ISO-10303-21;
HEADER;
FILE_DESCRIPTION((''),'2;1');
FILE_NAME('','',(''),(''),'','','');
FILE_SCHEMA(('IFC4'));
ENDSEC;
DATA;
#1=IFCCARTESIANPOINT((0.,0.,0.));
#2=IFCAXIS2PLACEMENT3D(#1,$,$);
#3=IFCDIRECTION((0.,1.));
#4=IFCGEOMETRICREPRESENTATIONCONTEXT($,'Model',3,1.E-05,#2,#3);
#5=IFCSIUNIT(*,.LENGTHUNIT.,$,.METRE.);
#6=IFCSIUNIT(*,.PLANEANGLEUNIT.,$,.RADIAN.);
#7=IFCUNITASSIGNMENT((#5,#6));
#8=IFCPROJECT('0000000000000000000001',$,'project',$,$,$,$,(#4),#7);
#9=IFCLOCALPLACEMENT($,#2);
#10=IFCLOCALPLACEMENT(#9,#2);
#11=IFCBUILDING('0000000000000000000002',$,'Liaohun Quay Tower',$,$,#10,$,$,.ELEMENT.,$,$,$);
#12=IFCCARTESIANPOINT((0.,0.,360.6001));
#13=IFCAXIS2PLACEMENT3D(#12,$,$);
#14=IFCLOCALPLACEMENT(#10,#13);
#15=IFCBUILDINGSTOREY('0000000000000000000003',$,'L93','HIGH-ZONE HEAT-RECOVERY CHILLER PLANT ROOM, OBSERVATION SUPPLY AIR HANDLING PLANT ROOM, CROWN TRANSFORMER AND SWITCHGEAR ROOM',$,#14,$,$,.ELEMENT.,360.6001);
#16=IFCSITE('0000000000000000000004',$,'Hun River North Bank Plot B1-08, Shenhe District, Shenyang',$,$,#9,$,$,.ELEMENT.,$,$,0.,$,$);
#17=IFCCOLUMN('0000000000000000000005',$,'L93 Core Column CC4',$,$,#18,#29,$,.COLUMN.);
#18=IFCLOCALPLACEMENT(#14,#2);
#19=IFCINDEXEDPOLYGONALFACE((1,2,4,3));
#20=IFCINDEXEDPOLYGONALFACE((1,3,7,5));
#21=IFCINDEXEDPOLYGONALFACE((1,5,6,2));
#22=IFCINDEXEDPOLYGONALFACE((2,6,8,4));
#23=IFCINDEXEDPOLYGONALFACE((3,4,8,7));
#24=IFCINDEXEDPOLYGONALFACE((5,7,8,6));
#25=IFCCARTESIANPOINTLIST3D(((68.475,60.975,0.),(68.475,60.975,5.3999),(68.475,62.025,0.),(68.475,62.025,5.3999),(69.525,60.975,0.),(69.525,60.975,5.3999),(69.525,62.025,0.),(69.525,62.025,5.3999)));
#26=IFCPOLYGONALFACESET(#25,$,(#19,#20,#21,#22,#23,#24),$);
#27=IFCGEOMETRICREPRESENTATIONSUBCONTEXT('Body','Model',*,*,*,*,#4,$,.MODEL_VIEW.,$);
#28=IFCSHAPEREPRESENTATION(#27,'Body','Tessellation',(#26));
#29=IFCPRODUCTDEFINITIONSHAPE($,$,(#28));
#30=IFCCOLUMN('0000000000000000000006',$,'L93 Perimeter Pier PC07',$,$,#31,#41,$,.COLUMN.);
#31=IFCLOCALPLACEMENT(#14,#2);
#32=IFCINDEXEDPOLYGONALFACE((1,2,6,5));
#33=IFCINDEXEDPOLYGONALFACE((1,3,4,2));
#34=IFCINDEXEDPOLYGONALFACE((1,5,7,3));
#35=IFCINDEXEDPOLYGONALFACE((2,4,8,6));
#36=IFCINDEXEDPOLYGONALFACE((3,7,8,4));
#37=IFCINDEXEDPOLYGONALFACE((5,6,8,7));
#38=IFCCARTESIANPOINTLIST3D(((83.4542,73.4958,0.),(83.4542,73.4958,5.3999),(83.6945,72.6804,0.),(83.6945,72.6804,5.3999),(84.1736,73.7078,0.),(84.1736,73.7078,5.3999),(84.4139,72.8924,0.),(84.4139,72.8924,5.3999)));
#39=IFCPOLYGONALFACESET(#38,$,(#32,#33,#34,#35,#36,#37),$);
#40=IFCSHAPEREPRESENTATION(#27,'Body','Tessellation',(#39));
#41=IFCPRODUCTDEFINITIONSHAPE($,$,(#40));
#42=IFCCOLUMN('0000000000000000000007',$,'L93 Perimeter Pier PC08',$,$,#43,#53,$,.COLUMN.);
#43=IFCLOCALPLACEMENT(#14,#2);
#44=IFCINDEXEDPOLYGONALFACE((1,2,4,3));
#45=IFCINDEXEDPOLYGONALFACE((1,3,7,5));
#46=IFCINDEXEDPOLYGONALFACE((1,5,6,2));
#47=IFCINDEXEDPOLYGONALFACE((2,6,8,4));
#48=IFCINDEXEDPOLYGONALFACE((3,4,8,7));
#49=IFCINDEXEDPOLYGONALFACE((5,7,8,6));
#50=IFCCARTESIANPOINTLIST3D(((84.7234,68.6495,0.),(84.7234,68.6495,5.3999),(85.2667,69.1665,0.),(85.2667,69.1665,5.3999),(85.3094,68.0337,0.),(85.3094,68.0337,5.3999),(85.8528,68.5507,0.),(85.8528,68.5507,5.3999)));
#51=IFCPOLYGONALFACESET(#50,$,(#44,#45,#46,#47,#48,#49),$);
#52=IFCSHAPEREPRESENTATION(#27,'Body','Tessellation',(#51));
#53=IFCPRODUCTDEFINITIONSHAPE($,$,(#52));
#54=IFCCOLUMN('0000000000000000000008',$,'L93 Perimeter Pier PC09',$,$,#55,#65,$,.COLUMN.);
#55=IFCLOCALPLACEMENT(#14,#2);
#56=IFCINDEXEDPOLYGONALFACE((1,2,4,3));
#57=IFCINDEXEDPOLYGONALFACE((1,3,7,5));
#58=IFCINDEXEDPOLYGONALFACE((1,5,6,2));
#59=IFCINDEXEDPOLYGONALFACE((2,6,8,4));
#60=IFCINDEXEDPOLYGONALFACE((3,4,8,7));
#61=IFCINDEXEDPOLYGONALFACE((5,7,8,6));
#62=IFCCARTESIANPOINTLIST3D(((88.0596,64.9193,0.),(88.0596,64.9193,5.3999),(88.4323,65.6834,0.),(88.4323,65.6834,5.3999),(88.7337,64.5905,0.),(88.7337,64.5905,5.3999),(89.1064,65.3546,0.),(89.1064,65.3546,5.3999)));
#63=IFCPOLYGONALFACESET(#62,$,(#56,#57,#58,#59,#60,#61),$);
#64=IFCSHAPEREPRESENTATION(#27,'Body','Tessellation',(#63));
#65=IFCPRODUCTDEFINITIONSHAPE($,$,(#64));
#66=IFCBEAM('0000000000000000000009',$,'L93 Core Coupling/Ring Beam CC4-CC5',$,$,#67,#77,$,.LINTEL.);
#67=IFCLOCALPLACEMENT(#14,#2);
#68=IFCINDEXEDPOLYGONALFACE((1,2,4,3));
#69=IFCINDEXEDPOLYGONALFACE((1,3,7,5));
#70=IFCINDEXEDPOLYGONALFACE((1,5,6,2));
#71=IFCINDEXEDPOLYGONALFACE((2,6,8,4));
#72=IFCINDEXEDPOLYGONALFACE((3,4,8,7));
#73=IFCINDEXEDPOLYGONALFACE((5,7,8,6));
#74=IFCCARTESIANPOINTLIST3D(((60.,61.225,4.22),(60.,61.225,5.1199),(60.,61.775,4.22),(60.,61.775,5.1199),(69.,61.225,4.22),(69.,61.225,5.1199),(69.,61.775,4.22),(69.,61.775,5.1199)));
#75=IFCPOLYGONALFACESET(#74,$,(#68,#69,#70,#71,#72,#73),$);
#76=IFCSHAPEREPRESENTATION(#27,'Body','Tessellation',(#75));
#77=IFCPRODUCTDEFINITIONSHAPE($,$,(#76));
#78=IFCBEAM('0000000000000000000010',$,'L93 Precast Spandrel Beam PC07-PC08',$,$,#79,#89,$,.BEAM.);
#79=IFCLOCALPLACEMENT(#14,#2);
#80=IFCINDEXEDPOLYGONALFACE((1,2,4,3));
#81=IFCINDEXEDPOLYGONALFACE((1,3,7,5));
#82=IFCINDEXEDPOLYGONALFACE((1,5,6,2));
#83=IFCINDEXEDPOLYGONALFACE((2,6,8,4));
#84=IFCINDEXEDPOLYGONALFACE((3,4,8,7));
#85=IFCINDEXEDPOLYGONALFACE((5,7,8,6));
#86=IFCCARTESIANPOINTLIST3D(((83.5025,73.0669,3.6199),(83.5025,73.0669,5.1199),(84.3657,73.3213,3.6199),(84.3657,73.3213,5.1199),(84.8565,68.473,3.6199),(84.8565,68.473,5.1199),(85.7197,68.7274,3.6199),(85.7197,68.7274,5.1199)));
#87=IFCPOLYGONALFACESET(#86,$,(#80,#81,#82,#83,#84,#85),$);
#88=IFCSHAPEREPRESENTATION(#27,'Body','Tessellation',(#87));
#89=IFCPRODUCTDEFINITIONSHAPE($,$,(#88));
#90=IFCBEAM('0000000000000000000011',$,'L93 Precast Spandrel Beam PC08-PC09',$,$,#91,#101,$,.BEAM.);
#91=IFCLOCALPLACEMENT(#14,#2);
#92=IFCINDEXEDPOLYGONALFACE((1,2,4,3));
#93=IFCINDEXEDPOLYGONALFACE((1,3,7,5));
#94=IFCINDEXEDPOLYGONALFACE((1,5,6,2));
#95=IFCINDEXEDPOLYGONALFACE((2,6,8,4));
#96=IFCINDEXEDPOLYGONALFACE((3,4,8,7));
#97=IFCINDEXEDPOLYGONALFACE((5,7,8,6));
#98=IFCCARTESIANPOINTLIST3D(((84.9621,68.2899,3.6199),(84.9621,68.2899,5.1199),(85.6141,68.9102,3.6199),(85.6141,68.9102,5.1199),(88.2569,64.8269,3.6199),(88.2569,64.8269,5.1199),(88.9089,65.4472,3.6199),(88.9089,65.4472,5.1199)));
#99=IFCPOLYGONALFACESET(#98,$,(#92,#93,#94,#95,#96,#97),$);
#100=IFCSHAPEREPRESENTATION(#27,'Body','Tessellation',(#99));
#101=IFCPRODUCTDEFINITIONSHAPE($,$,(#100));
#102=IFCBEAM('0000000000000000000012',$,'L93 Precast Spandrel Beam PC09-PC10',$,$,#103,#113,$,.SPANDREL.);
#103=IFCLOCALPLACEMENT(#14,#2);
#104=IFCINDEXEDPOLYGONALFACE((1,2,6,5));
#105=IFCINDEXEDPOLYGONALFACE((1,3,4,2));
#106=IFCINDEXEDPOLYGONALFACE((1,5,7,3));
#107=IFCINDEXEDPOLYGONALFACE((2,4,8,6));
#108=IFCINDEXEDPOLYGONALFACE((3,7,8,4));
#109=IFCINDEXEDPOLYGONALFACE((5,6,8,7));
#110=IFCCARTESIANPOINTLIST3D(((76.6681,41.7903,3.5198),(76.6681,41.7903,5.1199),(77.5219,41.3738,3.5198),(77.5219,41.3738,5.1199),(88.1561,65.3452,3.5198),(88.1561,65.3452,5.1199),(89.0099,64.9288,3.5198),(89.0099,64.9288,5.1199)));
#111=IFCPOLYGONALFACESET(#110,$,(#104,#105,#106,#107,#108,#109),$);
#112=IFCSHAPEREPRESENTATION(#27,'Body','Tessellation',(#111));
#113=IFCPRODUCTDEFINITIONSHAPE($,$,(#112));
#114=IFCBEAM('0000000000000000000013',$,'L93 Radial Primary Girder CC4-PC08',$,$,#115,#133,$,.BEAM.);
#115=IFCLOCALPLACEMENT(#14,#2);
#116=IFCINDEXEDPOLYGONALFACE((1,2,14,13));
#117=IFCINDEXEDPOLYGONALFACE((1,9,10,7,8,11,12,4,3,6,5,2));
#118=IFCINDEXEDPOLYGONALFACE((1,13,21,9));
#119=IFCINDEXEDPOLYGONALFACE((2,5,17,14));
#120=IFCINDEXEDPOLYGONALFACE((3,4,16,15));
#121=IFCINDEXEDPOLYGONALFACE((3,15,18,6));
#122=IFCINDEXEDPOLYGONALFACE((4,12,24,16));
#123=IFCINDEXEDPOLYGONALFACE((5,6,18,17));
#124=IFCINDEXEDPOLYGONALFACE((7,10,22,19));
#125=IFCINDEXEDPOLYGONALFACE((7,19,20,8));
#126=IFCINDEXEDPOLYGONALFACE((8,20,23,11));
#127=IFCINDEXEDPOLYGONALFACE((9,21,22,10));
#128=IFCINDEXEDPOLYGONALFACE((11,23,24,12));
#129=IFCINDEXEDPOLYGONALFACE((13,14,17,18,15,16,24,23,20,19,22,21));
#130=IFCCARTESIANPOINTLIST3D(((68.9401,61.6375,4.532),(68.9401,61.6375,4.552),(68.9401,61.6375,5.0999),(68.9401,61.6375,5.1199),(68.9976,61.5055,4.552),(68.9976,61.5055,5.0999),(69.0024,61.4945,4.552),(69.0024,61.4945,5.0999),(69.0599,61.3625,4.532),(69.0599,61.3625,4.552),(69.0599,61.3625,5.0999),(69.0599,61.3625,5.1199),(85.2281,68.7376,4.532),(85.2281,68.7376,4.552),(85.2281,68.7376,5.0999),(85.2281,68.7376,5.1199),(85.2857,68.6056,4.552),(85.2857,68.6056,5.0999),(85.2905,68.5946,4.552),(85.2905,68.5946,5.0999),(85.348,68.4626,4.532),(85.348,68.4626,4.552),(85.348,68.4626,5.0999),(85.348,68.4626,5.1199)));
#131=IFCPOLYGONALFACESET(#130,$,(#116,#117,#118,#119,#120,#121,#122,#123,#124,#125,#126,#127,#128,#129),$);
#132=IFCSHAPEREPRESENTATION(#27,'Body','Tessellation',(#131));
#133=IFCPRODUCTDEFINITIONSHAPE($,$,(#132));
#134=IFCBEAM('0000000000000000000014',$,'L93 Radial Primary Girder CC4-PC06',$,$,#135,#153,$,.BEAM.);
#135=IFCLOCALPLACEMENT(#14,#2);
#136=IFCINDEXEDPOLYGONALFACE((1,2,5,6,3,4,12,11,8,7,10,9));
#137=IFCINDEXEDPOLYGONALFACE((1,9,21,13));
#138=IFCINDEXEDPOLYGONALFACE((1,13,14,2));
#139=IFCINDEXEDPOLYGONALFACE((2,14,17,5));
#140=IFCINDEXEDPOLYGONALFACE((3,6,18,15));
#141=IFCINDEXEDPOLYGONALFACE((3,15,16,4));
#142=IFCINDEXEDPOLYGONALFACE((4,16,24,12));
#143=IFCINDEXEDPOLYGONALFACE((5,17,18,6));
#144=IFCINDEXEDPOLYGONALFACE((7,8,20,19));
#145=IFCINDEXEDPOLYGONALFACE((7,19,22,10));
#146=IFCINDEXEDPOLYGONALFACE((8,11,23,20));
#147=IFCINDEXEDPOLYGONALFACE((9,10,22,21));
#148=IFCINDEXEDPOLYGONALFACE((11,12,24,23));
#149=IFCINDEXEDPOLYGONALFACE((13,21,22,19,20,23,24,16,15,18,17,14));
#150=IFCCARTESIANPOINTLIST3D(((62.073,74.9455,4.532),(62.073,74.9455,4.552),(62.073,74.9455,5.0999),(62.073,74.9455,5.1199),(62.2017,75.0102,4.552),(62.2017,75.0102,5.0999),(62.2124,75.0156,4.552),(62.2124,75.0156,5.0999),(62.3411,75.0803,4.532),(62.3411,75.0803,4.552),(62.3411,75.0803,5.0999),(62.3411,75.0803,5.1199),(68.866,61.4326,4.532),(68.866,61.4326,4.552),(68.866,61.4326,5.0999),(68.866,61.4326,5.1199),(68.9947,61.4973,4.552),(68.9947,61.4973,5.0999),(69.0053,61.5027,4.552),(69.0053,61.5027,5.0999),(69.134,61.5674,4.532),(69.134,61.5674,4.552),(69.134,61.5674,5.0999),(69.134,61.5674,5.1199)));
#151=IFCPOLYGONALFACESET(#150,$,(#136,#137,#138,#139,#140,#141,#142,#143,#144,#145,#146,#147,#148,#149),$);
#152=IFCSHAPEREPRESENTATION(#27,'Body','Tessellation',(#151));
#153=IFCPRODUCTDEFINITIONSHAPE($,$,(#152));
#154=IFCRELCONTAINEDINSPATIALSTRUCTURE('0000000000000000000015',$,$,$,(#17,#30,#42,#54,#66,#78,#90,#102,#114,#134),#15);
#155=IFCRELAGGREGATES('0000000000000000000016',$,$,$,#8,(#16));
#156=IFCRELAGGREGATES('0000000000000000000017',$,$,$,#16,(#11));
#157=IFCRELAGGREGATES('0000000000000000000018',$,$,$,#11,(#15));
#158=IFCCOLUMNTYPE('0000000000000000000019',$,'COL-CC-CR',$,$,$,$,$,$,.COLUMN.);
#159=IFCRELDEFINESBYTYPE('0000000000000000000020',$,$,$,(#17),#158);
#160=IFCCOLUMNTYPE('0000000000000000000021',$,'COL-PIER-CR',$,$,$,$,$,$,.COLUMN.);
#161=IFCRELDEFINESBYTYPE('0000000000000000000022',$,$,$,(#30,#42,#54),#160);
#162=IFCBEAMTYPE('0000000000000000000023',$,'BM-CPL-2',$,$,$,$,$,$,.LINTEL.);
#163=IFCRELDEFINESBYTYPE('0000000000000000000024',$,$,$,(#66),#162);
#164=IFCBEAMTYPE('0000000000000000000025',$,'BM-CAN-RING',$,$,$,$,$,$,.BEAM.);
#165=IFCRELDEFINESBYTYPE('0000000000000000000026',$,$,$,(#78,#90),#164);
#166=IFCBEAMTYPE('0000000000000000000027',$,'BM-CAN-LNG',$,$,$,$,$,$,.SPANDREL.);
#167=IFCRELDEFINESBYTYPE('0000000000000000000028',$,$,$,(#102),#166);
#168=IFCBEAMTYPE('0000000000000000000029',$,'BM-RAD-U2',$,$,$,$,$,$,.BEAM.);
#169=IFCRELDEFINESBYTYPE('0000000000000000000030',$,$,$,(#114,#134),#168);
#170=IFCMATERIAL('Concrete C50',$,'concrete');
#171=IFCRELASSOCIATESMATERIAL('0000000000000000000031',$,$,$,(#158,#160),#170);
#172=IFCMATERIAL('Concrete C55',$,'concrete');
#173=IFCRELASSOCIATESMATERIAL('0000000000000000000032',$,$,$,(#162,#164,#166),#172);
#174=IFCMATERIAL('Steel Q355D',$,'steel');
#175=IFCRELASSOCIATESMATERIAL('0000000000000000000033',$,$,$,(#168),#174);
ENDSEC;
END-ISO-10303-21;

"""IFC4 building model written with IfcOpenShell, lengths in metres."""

from ifc_helpers import new_model, si_unit, direction, frame, origin, origin_2d, place, context, subcontext, project, spatial, rectangle, i_section, extrude, source, transform, mapped, material, material_profile, profile_set, type_object, element, save


model = new_model("IFC4")

# Units and contexts
model_context = context("Model", 3, precision=1e-05, world=origin(), true_north=direction((0.0, 1.0)))
body_context = subcontext(model_context, "Body", "Model", "MODEL_VIEW")
ifc_project = project(units=[si_unit("LENGTHUNIT", "METRE"), si_unit("PLANEANGLEUNIT", "RADIAN")], contexts=[model_context])

# Site, building, storey
site_placement = place(None, origin())
site = spatial("IfcSite", under=ifc_project, at=site_placement, Name="Hun River North Bank Plot B1-08, Shenhe District, Shenyang", CompositionType="ELEMENT", RefElevation=0.0)
building_placement = place(site_placement, origin())
building = spatial("IfcBuilding", under=site, at=building_placement, Name="Liaohun Quay Tower", CompositionType="ELEMENT")
storey_placement = place(building_placement, frame((0.0, 0.0, 360.6001)))
storey = spatial("IfcBuildingStorey", under=building, at=storey_placement, Name="L93", Description="HIGH-ZONE HEAT-RECOVERY CHILLER PLANT ROOM, OBSERVATION SUPPLY AIR HANDLING PLANT ROOM, CROWN TRANSFORMER AND SWITCHGEAR ROOM", CompositionType="ELEMENT", Elevation=360.6001)

# Columns
ifc_material_1 = material(Name="Concrete C50", Category="concrete")
ifc_material_profile_1 = material_profile(ifc_material_1, rectangle(XDim=1.05, YDim=1.05, at=origin_2d()), Name="RC1050x1050")
ifc_profile_set_1 = profile_set([ifc_material_profile_1], Name="Concrete C50")
column_type_1 = type_object("IfcColumnType", Name="COL-CC-CR", PredefinedType="COLUMN", material=ifc_profile_set_1)
shared_shape_1 = source(origin(), body_context, "Body", "SweptSolid", [
    extrude(rectangle(XDim=1.05, YDim=1.05, at=origin_2d()), origin(), (0.0, 0.0, 1.0), 5.3999),
])
column_placement = place(storey_placement, frame((69.0, 61.5, 0.0), z_axis=(0.0, 0.0, 1.0), x_axis=(1.0, 0.0, 0.0)))
element("IfcColumn", 1, at=column_placement, inside=storey, type_object=column_type_1, Name="L93 Core Column CC4", PredefinedType="COLUMN", context=body_context, shape_type="MappedRepresentation", body=[
    mapped(shared_shape_1, transform((0.0, 0.0, 0.0), x_axis=(1.0, 0.0, 0.0), y_axis=(0.0, 1.0, 0.0), z_axis=(0.0, 0.0, 1.0), scale=1.0)),
])
ifc_material_profile_2 = material_profile(ifc_material_1, rectangle(XDim=0.8501, YDim=0.75, at=origin_2d()), Name="RC850x750")
ifc_profile_set_2 = profile_set([ifc_material_profile_2], Name="Concrete C50")
column_type_2 = type_object("IfcColumnType", Name="COL-PIER-CR", PredefinedType="COLUMN", material=ifc_profile_set_2)
shared_shape_2 = source(origin(), body_context, "Body", "SweptSolid", [
    extrude(rectangle(XDim=0.8501, YDim=0.75, at=origin_2d()), origin(), (0.0, 0.0, 1.0), 5.3999),
])
for number, where, z_axis, x_axis, name in (
    (2, (83.9341, 73.1941, 0.0), (0.0, 0.0, 1.0), (-0.282676, 0.959215, 0.0), "L93 Perimeter Pier PC07"),
    (3, (85.2881, 68.6001, 0.0), (0.0, 0.0, 1.0), (-0.689367, 0.724413, 0.0), "L93 Perimeter Pier PC08"),
    (4, (88.583, 65.137, 0.0), (0.0, 0.0, 1.0), (0.438371, 0.898794, 0.0), "L93 Perimeter Pier PC09"),
):
    element("IfcColumn", number, at=place(storey_placement, frame(where, z_axis=z_axis, x_axis=x_axis)), inside=storey, type_object=column_type_2, Name=name, PredefinedType="COLUMN", context=body_context, shape_type="MappedRepresentation", body=[
        mapped(shared_shape_2, transform((0.0, 0.0, 0.0), x_axis=(1.0, 0.0, 0.0), y_axis=(0.0, 1.0, 0.0), z_axis=(0.0, 0.0, 1.0), scale=1.0)),
    ])

# Beams
ifc_material_2 = material(Name="Concrete C55", Category="concrete")
ifc_material_profile_3 = material_profile(ifc_material_2, rectangle(XDim=0.55, YDim=0.8999, at=origin_2d()), Name="RC550x900")
ifc_profile_set_3 = profile_set([ifc_material_profile_3], Name="Concrete C55")
beam_type_1 = type_object("IfcBeamType", Name="BM-CPL-2", PredefinedType="LINTEL", material=ifc_profile_set_3)
shared_shape_3 = source(origin(), body_context, "Body", "SweptSolid", [
    extrude(rectangle(XDim=0.55, YDim=0.8999, at=origin_2d()), origin(), (0.0, 0.0, 1.0), 9.0),
])
beam_1_placement = place(storey_placement, frame((69.0, 61.5, 4.6699), z_axis=(-1.0, 0.0, 0.0), x_axis=(0.0, -1.0, 0.0)))
element("IfcBeam", 5, at=beam_1_placement, inside=storey, type_object=beam_type_1, Name="L93 Core Coupling/Ring Beam CC4-CC5", PredefinedType="LINTEL", context=body_context, shape_type="MappedRepresentation", body=[
    mapped(shared_shape_3, transform((0.0, 0.0, 0.0), x_axis=(1.0, 0.0, 0.0), y_axis=(0.0, 1.0, 0.0), z_axis=(0.0, 0.0, 1.0), scale=1.0)),
])
ifc_material_profile_4 = material_profile(ifc_material_2, rectangle(XDim=0.8999, YDim=1.5, at=origin_2d()), Name="RC900x1500")
ifc_profile_set_4 = profile_set([ifc_material_profile_4], Name="Concrete C55")
beam_type_2 = type_object("IfcBeamType", Name="BM-CAN-RING", PredefinedType="BEAM", material=ifc_profile_set_4)
shared_shape_4 = source(origin(), body_context, "Body", "SweptSolid", [
    extrude(rectangle(XDim=0.8999, YDim=1.5, at=origin_2d()), origin(), (0.0, 0.0, 1.0), 4.7893),
])
beam_2_placement = place(storey_placement, frame((83.9341, 73.1941, 4.3699), z_axis=(0.28271, -0.959205, 0.0), x_axis=(0.959205, 0.28271, 0.0)))
element("IfcBeam", 6, at=beam_2_placement, inside=storey, type_object=beam_type_2, Name="L93 Precast Spandrel Beam PC07-PC08", PredefinedType="BEAM", context=body_context, shape_type="MappedRepresentation", body=[
    mapped(shared_shape_4, transform((0.0, 0.0, 0.0), x_axis=(1.0, 0.0, 0.0), y_axis=(0.0, 1.0, 0.0), z_axis=(0.0, 0.0, 1.0), scale=1.0)),
])
shared_shape_5 = source(origin(), body_context, "Body", "SweptSolid", [
    extrude(rectangle(XDim=0.8999, YDim=1.5, at=origin_2d()), origin(), (0.0, 0.0, 1.0), 4.78),
])
beam_3_placement = place(storey_placement, frame((85.2881, 68.6001, 4.3699), z_axis=(0.689293, -0.724483, 0.0), x_axis=(0.724483, 0.689293, 0.0)))
element("IfcBeam", 7, at=beam_3_placement, inside=storey, type_object=beam_type_2, Name="L93 Precast Spandrel Beam PC08-PC09", PredefinedType="BEAM", context=body_context, shape_type="MappedRepresentation", body=[
    mapped(shared_shape_5, transform((0.0, 0.0, 0.0), x_axis=(1.0, 0.0, 0.0), y_axis=(0.0, 1.0, 0.0), z_axis=(0.0, 0.0, 1.0), scale=1.0)),
])
ifc_material_profile_5 = material_profile(ifc_material_2, rectangle(XDim=0.95, YDim=1.6001, at=origin_2d()), Name="RC950x1600")
ifc_profile_set_5 = profile_set([ifc_material_profile_5], Name="Concrete C55")
beam_type_3 = type_object("IfcBeamType", Name="BM-CAN-LNG", PredefinedType="SPANDREL", material=ifc_profile_set_5)
shared_shape_6 = source(origin(), body_context, "Body", "SweptSolid", [
    extrude(rectangle(XDim=0.95, YDim=1.6001, at=origin_2d()), origin(), (0.0, 0.0, 1.0), 26.207),
])
beam_4_placement = place(storey_placement, frame((88.583, 65.137, 4.3198), z_axis=(-0.438357, -0.898801, 0.0), x_axis=(0.898801, -0.438357, 0.0)))
element("IfcBeam", 8, at=beam_4_placement, inside=storey, type_object=beam_type_3, Name="L93 Precast Spandrel Beam PC09-PC10", PredefinedType="SPANDREL", context=body_context, shape_type="MappedRepresentation", body=[
    mapped(shared_shape_6, transform((0.0, 0.0, 0.0), x_axis=(1.0, 0.0, 0.0), y_axis=(0.0, 1.0, 0.0), z_axis=(0.0, 0.0, 1.0), scale=1.0)),
])
ifc_material_3 = material(Name="Steel Q355D", Category="steel")
ifc_material_profile_6 = material_profile(ifc_material_3, i_section(OverallWidth=0.3, OverallDepth=0.5879, WebThickness=0.012, FlangeThickness=0.02, at=origin_2d()), Name="HM588x300x12x20")
ifc_profile_set_6 = profile_set([ifc_material_profile_6], Name="Steel Q355D")
beam_type_4 = type_object("IfcBeamType", Name="BM-RAD-U2", PredefinedType="BEAM", material=ifc_profile_set_6)
shared_shape_7 = source(origin(), body_context, "Body", "SweptSolid", [
    extrude(i_section(OverallWidth=0.3, OverallDepth=0.5879, WebThickness=0.012, FlangeThickness=0.02, at=origin_2d()), origin(), (0.0, 0.0, 1.0), 17.7683),
])
beam_5_placement = place(storey_placement, frame((69.0, 61.5, 4.8259), z_axis=(0.916693, 0.399593, 0.0), x_axis=(-0.399593, 0.916693, 0.0)))
element("IfcBeam", 9, at=beam_5_placement, inside=storey, type_object=beam_type_4, Name="L93 Radial Primary Girder CC4-PC08", PredefinedType="BEAM", context=body_context, shape_type="MappedRepresentation", body=[
    mapped(shared_shape_7, transform((0.0, 0.0, 0.0), x_axis=(1.0, 0.0, 0.0), y_axis=(0.0, 1.0, 0.0), z_axis=(0.0, 0.0, 1.0), scale=1.0)),
])
shared_shape_8 = source(origin(), body_context, "Body", "SweptSolid", [
    extrude(i_section(OverallWidth=0.3, OverallDepth=0.5879, WebThickness=0.012, FlangeThickness=0.02, at=origin_2d()), origin(), (0.0, 0.0, 1.0), 15.1243),
])
beam_6_placement = place(storey_placement, frame((69.0, 61.5, 4.8259), z_axis=(-0.449143, 0.89346, 0.0), x_axis=(-0.89346, -0.449143, 0.0)))
element("IfcBeam", 10, at=beam_6_placement, inside=storey, type_object=beam_type_4, Name="L93 Radial Primary Girder CC4-PC06", PredefinedType="BEAM", context=body_context, shape_type="MappedRepresentation", body=[
    mapped(shared_shape_8, transform((0.0, 0.0, 0.0), x_axis=(1.0, 0.0, 0.0), y_axis=(0.0, 1.0, 0.0), z_axis=(0.0, 0.0, 1.0), scale=1.0)),
])

save(model, "model.ifc")
